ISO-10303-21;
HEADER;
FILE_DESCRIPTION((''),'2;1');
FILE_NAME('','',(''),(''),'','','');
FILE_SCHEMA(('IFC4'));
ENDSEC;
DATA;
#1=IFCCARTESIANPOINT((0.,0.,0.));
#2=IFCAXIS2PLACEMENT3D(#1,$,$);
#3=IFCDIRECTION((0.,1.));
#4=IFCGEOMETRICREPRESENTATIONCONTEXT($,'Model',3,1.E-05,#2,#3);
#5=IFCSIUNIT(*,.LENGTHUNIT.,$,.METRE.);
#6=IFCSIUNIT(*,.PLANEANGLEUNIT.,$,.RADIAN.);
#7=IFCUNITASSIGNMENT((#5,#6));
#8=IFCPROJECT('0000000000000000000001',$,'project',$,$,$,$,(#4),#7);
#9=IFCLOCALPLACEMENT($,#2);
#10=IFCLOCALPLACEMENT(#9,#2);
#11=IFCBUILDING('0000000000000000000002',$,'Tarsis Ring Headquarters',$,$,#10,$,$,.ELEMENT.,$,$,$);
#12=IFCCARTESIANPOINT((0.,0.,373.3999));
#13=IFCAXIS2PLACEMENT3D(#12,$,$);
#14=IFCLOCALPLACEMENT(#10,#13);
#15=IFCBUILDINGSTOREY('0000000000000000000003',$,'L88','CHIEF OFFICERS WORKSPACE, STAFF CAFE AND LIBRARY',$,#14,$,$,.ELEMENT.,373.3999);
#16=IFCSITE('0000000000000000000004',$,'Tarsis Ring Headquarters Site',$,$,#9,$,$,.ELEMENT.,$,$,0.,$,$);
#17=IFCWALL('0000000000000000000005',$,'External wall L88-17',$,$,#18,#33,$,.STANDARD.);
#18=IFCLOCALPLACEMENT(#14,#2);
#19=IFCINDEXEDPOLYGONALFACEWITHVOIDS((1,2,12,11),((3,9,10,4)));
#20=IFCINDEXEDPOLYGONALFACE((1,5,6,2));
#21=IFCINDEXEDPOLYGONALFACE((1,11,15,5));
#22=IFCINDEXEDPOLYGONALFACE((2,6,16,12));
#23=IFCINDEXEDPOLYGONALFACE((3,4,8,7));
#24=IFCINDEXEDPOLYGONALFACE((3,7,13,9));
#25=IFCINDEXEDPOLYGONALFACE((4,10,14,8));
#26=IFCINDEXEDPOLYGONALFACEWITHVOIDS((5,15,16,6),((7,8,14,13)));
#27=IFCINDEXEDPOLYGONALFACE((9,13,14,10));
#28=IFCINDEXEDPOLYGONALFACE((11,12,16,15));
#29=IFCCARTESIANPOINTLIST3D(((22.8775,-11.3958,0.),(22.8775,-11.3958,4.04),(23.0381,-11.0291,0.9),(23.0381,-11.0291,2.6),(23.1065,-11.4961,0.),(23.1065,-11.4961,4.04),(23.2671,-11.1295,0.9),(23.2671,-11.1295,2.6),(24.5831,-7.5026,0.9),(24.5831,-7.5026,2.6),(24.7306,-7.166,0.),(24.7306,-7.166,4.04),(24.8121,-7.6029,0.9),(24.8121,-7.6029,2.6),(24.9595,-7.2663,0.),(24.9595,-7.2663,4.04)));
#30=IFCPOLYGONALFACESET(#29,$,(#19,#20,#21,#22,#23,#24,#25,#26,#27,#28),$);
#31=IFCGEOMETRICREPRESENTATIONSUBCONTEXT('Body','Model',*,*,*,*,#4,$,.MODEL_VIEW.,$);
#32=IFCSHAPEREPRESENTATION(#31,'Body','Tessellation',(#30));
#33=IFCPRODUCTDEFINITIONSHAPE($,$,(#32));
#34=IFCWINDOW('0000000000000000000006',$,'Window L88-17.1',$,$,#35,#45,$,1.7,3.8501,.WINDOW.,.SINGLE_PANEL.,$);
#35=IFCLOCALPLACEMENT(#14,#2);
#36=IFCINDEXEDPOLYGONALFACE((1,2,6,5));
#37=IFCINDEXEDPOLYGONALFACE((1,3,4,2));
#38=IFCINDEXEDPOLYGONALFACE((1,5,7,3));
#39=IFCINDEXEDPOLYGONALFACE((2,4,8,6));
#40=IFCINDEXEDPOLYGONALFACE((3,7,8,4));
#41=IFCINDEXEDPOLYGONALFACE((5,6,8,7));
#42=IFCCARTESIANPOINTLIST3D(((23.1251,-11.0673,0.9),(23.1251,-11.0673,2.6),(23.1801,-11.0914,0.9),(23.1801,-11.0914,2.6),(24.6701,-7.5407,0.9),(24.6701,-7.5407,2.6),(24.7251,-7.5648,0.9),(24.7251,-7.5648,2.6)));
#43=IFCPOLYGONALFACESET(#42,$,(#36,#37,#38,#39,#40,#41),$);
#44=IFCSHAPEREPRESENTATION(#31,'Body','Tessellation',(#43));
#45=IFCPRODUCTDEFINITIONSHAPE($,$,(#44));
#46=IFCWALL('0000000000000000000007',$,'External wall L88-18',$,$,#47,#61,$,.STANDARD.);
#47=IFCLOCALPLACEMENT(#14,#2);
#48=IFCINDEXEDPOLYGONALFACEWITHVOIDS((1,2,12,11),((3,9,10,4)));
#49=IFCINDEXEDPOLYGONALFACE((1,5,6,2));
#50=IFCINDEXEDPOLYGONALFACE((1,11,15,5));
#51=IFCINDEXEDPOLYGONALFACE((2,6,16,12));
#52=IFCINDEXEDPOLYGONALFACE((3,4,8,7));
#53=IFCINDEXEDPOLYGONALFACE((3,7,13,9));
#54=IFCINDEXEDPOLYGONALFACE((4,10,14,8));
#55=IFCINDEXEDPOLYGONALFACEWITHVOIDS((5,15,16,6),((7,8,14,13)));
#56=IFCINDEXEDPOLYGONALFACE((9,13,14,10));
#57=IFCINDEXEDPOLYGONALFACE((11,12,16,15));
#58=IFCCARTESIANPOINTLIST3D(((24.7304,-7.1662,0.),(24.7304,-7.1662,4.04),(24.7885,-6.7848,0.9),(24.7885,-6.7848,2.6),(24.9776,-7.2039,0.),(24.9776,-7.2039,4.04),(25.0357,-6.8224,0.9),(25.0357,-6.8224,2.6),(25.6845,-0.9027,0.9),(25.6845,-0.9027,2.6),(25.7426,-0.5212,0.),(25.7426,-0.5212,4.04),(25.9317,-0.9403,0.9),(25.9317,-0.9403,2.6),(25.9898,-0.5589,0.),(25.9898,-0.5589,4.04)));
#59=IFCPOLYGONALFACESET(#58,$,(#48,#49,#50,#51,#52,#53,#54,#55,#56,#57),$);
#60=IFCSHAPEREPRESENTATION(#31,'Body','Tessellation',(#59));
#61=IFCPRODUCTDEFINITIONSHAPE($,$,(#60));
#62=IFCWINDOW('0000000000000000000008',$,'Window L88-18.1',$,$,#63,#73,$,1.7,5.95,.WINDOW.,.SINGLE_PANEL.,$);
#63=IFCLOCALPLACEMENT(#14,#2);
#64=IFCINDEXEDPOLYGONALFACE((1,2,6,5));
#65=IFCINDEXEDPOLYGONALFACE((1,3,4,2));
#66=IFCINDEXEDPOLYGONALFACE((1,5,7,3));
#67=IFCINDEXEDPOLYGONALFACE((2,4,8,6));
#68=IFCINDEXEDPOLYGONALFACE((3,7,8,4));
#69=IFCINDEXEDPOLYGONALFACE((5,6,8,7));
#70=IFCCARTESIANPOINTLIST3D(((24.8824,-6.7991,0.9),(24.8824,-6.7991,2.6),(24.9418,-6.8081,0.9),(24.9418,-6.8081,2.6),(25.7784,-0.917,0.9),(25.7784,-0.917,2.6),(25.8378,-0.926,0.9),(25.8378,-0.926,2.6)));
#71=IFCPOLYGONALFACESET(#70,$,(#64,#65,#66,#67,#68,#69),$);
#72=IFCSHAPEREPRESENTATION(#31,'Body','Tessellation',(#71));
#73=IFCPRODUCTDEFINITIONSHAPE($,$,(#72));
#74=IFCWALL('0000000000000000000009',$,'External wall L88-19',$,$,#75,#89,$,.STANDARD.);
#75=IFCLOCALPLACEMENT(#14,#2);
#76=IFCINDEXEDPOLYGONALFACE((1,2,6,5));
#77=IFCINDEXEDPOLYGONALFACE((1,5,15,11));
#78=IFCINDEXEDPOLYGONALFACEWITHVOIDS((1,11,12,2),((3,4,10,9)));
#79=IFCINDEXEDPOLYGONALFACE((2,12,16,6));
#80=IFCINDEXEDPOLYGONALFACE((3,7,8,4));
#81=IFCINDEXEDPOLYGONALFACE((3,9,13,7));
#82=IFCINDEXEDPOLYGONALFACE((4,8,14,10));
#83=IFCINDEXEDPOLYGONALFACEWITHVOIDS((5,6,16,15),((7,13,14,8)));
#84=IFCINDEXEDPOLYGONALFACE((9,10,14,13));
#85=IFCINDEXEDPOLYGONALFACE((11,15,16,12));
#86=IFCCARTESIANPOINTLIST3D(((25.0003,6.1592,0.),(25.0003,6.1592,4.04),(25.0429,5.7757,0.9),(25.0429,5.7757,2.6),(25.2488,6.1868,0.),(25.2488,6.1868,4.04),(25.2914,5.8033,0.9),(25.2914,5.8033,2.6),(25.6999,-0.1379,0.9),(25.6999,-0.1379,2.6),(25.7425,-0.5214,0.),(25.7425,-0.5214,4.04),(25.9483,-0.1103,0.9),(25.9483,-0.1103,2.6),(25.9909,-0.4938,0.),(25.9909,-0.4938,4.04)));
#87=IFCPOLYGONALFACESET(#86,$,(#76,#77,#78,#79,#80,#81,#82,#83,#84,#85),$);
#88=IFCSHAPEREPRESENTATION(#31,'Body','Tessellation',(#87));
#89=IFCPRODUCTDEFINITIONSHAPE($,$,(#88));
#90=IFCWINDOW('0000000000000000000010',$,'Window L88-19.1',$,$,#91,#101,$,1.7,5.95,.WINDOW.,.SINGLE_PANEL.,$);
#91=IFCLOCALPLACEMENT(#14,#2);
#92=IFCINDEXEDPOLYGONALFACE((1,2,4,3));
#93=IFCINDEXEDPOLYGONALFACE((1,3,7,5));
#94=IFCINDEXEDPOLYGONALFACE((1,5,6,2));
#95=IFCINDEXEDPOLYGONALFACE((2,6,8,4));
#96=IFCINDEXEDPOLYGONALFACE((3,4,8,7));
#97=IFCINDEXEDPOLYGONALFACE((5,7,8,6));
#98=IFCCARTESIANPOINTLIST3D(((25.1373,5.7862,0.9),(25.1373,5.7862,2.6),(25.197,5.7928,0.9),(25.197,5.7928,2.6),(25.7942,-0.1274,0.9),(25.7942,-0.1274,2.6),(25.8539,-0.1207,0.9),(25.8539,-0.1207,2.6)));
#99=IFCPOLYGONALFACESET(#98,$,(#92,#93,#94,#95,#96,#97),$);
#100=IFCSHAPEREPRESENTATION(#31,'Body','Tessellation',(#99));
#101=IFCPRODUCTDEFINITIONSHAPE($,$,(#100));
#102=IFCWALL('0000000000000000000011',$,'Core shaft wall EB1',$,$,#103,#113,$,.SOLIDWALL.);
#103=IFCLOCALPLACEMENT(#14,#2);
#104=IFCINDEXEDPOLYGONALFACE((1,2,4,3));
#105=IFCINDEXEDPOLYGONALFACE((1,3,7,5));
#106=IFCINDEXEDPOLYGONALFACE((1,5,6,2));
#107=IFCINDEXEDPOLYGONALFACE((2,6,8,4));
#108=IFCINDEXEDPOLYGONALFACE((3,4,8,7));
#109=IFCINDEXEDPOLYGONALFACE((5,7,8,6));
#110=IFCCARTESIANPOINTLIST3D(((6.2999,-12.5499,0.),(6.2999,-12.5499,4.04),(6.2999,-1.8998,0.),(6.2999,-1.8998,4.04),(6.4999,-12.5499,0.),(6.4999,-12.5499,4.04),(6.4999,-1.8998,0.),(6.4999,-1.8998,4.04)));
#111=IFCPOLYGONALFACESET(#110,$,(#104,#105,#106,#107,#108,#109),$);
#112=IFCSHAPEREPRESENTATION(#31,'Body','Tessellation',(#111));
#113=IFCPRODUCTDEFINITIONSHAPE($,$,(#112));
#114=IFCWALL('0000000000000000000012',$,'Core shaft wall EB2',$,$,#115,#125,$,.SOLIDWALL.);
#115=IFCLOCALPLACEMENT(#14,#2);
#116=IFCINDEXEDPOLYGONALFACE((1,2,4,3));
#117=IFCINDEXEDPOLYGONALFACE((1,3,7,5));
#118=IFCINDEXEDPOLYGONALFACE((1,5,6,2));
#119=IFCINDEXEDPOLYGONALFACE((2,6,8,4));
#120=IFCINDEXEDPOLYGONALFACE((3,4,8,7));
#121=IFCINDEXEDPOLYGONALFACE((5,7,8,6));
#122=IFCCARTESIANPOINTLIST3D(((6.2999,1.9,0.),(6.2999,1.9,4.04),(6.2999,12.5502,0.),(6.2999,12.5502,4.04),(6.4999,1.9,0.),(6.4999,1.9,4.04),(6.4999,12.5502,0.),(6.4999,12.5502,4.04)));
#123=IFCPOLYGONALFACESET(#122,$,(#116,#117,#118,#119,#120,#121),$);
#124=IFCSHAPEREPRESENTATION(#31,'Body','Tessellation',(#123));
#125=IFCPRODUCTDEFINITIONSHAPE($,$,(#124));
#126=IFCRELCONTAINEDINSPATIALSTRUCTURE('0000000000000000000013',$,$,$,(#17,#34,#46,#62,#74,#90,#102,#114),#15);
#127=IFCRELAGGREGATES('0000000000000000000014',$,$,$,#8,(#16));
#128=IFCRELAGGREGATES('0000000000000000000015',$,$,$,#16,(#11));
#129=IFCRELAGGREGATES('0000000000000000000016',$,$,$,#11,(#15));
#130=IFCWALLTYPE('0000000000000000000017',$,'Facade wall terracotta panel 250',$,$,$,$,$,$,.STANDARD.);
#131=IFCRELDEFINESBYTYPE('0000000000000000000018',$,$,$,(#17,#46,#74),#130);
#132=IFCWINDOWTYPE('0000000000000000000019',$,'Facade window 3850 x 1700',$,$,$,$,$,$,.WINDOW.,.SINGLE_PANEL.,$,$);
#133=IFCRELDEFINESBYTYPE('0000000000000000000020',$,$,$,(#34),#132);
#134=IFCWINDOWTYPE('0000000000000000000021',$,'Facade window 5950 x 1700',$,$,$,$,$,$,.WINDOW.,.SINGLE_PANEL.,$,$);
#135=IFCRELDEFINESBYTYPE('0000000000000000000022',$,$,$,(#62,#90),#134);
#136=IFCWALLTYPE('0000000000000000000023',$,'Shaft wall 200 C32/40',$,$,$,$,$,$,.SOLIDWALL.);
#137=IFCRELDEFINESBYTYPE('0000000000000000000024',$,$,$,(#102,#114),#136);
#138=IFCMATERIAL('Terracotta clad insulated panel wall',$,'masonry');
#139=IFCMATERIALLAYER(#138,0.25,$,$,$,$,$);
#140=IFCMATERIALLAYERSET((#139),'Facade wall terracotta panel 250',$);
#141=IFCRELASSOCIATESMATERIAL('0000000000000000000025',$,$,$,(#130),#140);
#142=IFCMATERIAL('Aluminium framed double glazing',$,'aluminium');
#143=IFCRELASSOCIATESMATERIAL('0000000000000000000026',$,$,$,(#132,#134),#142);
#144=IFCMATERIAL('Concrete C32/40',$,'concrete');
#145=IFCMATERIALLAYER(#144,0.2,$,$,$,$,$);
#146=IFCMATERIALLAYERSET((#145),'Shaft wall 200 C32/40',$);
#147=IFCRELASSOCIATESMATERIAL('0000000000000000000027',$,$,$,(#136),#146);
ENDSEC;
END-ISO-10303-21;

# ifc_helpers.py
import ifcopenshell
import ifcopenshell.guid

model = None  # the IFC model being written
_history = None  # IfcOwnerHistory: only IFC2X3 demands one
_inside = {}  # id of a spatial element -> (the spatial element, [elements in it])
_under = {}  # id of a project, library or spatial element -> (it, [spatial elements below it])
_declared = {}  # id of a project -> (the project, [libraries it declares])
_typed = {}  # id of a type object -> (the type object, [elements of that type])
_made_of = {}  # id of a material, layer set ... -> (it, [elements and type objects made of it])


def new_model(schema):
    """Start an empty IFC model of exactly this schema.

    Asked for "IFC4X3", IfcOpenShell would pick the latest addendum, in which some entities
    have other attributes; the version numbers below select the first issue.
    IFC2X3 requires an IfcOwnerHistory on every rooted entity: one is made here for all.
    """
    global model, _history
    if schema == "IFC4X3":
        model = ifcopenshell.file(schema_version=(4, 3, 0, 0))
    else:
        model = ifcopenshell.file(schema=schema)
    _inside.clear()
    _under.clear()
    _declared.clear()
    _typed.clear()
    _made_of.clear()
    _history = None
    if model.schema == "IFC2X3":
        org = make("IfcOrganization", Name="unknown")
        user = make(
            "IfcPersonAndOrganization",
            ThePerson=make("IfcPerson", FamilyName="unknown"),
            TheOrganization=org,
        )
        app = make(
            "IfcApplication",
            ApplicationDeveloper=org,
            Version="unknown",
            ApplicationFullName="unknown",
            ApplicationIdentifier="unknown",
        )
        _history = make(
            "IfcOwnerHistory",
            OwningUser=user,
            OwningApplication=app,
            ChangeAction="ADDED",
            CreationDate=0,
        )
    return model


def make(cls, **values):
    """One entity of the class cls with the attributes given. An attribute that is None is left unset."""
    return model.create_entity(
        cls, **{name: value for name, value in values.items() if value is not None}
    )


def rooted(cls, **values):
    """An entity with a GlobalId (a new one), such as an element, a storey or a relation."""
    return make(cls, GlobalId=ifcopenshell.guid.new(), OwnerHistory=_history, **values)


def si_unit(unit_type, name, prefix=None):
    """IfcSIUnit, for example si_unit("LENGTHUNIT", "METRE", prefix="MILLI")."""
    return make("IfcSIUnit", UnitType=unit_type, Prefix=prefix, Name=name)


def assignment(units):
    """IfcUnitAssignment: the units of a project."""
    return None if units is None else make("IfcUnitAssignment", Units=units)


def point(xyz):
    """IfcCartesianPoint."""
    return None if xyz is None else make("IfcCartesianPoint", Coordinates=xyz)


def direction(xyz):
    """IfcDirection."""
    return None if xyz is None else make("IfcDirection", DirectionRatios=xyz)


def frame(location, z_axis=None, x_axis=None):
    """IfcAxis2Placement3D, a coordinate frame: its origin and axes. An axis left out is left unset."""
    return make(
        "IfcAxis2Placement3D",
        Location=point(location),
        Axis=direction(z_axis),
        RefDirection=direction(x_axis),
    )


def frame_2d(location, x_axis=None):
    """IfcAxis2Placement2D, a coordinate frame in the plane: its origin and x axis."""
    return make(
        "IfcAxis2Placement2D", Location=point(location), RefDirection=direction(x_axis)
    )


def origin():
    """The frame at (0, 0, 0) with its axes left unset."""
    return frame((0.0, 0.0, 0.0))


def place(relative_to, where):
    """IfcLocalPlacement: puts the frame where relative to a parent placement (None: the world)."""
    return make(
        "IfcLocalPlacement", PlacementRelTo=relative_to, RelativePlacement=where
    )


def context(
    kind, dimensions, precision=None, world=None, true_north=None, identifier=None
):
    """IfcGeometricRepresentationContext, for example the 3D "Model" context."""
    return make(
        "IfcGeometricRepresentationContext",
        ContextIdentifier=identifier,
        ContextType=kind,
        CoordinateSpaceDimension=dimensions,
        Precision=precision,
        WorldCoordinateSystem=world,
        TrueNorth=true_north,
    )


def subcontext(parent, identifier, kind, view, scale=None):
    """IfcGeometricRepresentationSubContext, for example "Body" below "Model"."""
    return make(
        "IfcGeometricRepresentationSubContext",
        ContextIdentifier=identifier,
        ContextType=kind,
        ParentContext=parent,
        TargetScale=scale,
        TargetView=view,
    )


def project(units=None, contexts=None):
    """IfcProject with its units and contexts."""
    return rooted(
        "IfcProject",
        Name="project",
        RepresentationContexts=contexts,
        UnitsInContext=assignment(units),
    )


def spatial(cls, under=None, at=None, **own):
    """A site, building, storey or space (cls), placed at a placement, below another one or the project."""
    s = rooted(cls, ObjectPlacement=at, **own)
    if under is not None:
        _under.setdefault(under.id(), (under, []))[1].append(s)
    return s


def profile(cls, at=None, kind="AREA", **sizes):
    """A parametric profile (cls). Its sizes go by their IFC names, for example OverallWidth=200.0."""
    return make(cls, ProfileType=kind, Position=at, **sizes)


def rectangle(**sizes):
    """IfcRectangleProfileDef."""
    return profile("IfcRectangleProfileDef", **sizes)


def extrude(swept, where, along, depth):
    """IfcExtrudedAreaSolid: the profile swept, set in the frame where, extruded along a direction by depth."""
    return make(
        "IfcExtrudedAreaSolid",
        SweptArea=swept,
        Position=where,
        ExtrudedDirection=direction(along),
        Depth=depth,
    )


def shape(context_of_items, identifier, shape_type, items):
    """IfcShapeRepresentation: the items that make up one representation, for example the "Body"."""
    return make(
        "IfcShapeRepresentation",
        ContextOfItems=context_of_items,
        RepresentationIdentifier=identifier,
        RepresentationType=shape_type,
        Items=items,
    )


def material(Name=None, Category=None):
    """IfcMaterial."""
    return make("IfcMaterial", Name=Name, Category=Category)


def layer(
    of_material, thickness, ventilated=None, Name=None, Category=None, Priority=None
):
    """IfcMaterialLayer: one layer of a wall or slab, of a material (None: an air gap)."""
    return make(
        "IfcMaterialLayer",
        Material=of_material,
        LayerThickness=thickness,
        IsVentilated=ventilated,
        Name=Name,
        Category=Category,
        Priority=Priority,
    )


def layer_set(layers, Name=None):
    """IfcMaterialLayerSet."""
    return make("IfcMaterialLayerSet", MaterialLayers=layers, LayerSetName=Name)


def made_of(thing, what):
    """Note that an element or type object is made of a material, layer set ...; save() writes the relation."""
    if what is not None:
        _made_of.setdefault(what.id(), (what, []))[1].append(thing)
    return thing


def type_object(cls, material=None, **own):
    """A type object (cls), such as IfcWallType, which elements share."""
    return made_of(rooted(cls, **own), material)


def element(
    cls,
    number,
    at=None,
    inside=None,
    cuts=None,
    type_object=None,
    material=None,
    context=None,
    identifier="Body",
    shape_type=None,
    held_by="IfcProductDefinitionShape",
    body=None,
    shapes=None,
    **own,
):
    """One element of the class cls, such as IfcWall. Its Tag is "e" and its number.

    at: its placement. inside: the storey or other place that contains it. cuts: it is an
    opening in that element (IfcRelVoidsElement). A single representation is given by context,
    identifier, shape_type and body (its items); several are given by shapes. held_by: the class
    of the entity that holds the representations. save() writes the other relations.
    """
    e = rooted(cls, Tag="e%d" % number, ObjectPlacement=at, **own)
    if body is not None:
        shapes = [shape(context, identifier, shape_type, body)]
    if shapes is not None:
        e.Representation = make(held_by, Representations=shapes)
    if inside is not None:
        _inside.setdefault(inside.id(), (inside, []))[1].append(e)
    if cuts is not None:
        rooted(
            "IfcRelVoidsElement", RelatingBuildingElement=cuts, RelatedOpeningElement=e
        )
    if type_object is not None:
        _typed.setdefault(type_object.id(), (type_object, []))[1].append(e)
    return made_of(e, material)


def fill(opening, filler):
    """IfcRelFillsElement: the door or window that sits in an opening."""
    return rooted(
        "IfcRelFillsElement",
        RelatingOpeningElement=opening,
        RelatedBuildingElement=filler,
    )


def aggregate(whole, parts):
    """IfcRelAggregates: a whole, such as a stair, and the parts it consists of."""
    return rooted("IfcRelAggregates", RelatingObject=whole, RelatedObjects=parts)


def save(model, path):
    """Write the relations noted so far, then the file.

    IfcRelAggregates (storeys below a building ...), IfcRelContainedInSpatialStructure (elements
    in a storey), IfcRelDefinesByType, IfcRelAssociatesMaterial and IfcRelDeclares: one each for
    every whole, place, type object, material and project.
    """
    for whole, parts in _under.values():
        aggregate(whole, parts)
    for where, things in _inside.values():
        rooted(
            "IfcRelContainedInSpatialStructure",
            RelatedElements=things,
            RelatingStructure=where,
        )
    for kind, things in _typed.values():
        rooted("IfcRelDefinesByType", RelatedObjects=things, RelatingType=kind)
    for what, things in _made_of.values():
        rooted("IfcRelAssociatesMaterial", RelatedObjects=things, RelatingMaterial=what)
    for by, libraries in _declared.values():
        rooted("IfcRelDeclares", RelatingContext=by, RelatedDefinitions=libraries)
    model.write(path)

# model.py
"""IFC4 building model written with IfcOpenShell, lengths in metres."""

from ifc_helpers import new_model, si_unit, direction, frame, frame_2d, origin, place, context, subcontext, project, spatial, rectangle, extrude, material, layer, layer_set, type_object, element, fill, save


model = new_model("IFC4")

# Units and contexts
model_context = context("Model", 3, precision=1e-05, world=origin(), true_north=direction((0.0, 1.0)))
body_context = subcontext(model_context, "Body", "Model", "MODEL_VIEW")
ifc_project = project(units=[si_unit("LENGTHUNIT", "METRE"), si_unit("PLANEANGLEUNIT", "RADIAN")], contexts=[model_context])

# Site, building, storey
site_placement = place(None, origin())
site = spatial("IfcSite", under=ifc_project, at=site_placement, Name="Tarsis Ring Headquarters Site", CompositionType="ELEMENT", RefElevation=0.0)
building_placement = place(site_placement, origin())
building = spatial("IfcBuilding", under=site, at=building_placement, Name="Tarsis Ring Headquarters", CompositionType="ELEMENT")
storey_placement = place(building_placement, frame((0.0, 0.0, 373.3999)))
storey = spatial("IfcBuildingStorey", under=building, at=storey_placement, Name="L88", Description="CHIEF OFFICERS WORKSPACE, STAFF CAFE AND LIBRARY", CompositionType="ELEMENT", Elevation=373.3999)

# Walls, openings, windows
ifc_material_1 = material(Name="Terracotta clad insulated panel wall", Category="masonry")
ifc_layer_1 = layer(ifc_material_1, 0.25)
ifc_layer_set_1 = layer_set([ifc_layer_1], Name="Facade wall terracotta panel 250")
wall_type_1 = type_object("IfcWallType", Name="Facade wall terracotta panel 250", PredefinedType="STANDARD", material=ifc_layer_set_1)
wall_1_placement = place(storey_placement, frame((22.9919, -11.446, 0.0), z_axis=(0.0, 0.0, 1.0), x_axis=(0.401276, 0.915957, 0.0)))
wall_1 = element("IfcWall", 1, at=wall_1_placement, inside=storey, type_object=wall_type_1, Name="External wall L88-17", PredefinedType="STANDARD", context=body_context, shape_type="SweptSolid", body=[
    extrude(rectangle(XDim=4.6179, YDim=0.25, at=frame_2d((2.3091, 0.0))), origin(), (0.0, 0.0, 1.0), 4.04),
])
opening_1_placement = place(wall_1_placement, frame((0.4004, 0.0, 0.8999)))
opening_1 = element("IfcOpeningElement", 2, at=opening_1_placement, cuts=wall_1, PredefinedType="OPENING", context=body_context, shape_type="SweptSolid", body=[
    extrude(rectangle(XDim=3.8501, YDim=1.7, at=frame_2d((1.925, 0.8501))), frame((0.0, 0.135, 0.0), z_axis=(0.0, -1.0, 0.0), x_axis=(1.0, 0.0, 0.0)), (0.0, 0.0, 1.0), 0.27),
])
ifc_material_2 = material(Name="Aluminium framed double glazing", Category="aluminium")
window_type_1 = type_object("IfcWindowType", Name="Facade window 3850 x 1700", PartitioningType="SINGLE_PANEL", PredefinedType="WINDOW", material=ifc_material_2)
window_1_placement = place(opening_1_placement, origin())
window_1 = element("IfcWindow", 3, at=window_1_placement, inside=storey, type_object=window_type_1, Name="Window L88-17.1", OverallHeight=1.7, OverallWidth=3.8501, PartitioningType="SINGLE_PANEL", PredefinedType="WINDOW", context=body_context, shape_type="SweptSolid", body=[
    extrude(rectangle(XDim=3.8501, YDim=1.7, at=frame_2d((1.925, 0.8501))), frame((0.0, 0.03, 0.0), z_axis=(0.0, -1.0, 0.0), x_axis=(1.0, 0.0, 0.0)), (0.0, 0.0, 1.0), 0.0601),
])
fill(opening_1, window_1)
wall_2_placement = place(storey_placement, frame((24.854, -7.1851, 0.0), z_axis=(0.0, 0.0, 1.0), x_axis=(0.150589, 0.988597, 0.0)))
wall_2 = element("IfcWall", 4, at=wall_2_placement, inside=storey, type_object=wall_type_1, Name="External wall L88-18", PredefinedType="STANDARD", context=body_context, shape_type="SweptSolid", body=[
    extrude(rectangle(XDim=6.7217, YDim=0.25, at=frame_2d((3.3608, 0.0))), origin(), (0.0, 0.0, 1.0), 4.04),
])
opening_2_placement = place(wall_2_placement, frame((0.3857, 0.0, 0.8999)))
opening_2 = element("IfcOpeningElement", 5, at=opening_2_placement, cuts=wall_2, PredefinedType="OPENING", context=body_context, shape_type="SweptSolid", body=[
    extrude(rectangle(XDim=5.95, YDim=1.7, at=frame_2d((2.9751, 0.8501))), frame((0.0, 0.135, 0.0), z_axis=(0.0, -1.0, 0.0), x_axis=(1.0, 0.0, 0.0)), (0.0, 0.0, 1.0), 0.27),
])
window_type_2 = type_object("IfcWindowType", Name="Facade window 5950 x 1700", PartitioningType="SINGLE_PANEL", PredefinedType="WINDOW", material=ifc_material_2)
window_2_placement = place(opening_2_placement, origin())
window_2 = element("IfcWindow", 6, at=window_2_placement, inside=storey, type_object=window_type_2, Name="Window L88-18.1", OverallHeight=1.7, OverallWidth=5.95, PartitioningType="SINGLE_PANEL", PredefinedType="WINDOW", context=body_context, shape_type="SweptSolid", body=[
    extrude(rectangle(XDim=5.95, YDim=1.7, at=frame_2d((2.9751, 0.8501))), frame((0.0, 0.03, 0.0), z_axis=(0.0, -1.0, 0.0), x_axis=(1.0, 0.0, 0.0)), (0.0, 0.0, 1.0), 0.0601),
])
fill(opening_2, window_2)
wall_3_placement = place(storey_placement, frame((25.8667, -0.5076, 0.0), z_axis=(0.0, 0.0, 1.0), x_axis=(-0.110416, 0.993886, 0.0)))
wall_3 = element("IfcWall", 7, at=wall_3_placement, inside=storey, type_object=wall_type_1, Name="External wall L88-19", PredefinedType="STANDARD", context=body_context, shape_type="SweptSolid", body=[
    extrude(rectangle(XDim=6.7217, YDim=0.25, at=frame_2d((3.3608, 0.0))), origin(), (0.0, 0.0, 1.0), 4.04),
])
opening_3_placement = place(wall_3_placement, frame((0.3857, 0.0, 0.8999)))
opening_3 = element("IfcOpeningElement", 8, at=opening_3_placement, cuts=wall_3, PredefinedType="OPENING", context=body_context, shape_type="SweptSolid", body=[
    extrude(rectangle(XDim=5.95, YDim=1.7, at=frame_2d((2.9751, 0.8501))), frame((0.0, 0.135, 0.0), z_axis=(0.0, -1.0, 0.0), x_axis=(1.0, 0.0, 0.0)), (0.0, 0.0, 1.0), 0.27),
])
window_3_placement = place(opening_3_placement, origin())
window_3 = element("IfcWindow", 9, at=window_3_placement, inside=storey, type_object=window_type_2, Name="Window L88-19.1", OverallHeight=1.7, OverallWidth=5.95, PartitioningType="SINGLE_PANEL", PredefinedType="WINDOW", context=body_context, shape_type="SweptSolid", body=[
    extrude(rectangle(XDim=5.95, YDim=1.7, at=frame_2d((2.9751, 0.8501))), frame((0.0, 0.03, 0.0), z_axis=(0.0, -1.0, 0.0), x_axis=(1.0, 0.0, 0.0)), (0.0, 0.0, 1.0), 0.0601),
])
fill(opening_3, window_3)

# Walls
ifc_material_3 = material(Name="Concrete C32/40", Category="concrete")
ifc_layer_2 = layer(ifc_material_3, 0.2)
ifc_layer_set_2 = layer_set([ifc_layer_2], Name="Shaft wall 200 C32/40")
wall_type_2 = type_object("IfcWallType", Name="Shaft wall 200 C32/40", PredefinedType="SOLIDWALL", material=ifc_layer_set_2)
for number, where, z_axis, x_axis, name in (
    (10, (6.3999, -12.55, 0.0), (0.0, 0.0, 1.0), (0.0, 1.0, 0.0), "Core shaft wall EB1"),
    (11, (6.3999, 1.8999, 0.0), (0.0, 0.0, 1.0), (0.0, 1.0, 0.0), "Core shaft wall EB2"),
):
    element("IfcWall", number, at=place(storey_placement, frame(where, z_axis=z_axis, x_axis=x_axis)), inside=storey, type_object=wall_type_2, Name=name, PredefinedType="SOLIDWALL", context=body_context, shape_type="SweptSolid", body=[
        extrude(rectangle(XDim=10.6501, YDim=0.2, at=frame_2d((5.3252, 0.0))), origin(), (0.0, 0.0, 1.0), 4.04),
    ])

save(model, "model.ifc")
